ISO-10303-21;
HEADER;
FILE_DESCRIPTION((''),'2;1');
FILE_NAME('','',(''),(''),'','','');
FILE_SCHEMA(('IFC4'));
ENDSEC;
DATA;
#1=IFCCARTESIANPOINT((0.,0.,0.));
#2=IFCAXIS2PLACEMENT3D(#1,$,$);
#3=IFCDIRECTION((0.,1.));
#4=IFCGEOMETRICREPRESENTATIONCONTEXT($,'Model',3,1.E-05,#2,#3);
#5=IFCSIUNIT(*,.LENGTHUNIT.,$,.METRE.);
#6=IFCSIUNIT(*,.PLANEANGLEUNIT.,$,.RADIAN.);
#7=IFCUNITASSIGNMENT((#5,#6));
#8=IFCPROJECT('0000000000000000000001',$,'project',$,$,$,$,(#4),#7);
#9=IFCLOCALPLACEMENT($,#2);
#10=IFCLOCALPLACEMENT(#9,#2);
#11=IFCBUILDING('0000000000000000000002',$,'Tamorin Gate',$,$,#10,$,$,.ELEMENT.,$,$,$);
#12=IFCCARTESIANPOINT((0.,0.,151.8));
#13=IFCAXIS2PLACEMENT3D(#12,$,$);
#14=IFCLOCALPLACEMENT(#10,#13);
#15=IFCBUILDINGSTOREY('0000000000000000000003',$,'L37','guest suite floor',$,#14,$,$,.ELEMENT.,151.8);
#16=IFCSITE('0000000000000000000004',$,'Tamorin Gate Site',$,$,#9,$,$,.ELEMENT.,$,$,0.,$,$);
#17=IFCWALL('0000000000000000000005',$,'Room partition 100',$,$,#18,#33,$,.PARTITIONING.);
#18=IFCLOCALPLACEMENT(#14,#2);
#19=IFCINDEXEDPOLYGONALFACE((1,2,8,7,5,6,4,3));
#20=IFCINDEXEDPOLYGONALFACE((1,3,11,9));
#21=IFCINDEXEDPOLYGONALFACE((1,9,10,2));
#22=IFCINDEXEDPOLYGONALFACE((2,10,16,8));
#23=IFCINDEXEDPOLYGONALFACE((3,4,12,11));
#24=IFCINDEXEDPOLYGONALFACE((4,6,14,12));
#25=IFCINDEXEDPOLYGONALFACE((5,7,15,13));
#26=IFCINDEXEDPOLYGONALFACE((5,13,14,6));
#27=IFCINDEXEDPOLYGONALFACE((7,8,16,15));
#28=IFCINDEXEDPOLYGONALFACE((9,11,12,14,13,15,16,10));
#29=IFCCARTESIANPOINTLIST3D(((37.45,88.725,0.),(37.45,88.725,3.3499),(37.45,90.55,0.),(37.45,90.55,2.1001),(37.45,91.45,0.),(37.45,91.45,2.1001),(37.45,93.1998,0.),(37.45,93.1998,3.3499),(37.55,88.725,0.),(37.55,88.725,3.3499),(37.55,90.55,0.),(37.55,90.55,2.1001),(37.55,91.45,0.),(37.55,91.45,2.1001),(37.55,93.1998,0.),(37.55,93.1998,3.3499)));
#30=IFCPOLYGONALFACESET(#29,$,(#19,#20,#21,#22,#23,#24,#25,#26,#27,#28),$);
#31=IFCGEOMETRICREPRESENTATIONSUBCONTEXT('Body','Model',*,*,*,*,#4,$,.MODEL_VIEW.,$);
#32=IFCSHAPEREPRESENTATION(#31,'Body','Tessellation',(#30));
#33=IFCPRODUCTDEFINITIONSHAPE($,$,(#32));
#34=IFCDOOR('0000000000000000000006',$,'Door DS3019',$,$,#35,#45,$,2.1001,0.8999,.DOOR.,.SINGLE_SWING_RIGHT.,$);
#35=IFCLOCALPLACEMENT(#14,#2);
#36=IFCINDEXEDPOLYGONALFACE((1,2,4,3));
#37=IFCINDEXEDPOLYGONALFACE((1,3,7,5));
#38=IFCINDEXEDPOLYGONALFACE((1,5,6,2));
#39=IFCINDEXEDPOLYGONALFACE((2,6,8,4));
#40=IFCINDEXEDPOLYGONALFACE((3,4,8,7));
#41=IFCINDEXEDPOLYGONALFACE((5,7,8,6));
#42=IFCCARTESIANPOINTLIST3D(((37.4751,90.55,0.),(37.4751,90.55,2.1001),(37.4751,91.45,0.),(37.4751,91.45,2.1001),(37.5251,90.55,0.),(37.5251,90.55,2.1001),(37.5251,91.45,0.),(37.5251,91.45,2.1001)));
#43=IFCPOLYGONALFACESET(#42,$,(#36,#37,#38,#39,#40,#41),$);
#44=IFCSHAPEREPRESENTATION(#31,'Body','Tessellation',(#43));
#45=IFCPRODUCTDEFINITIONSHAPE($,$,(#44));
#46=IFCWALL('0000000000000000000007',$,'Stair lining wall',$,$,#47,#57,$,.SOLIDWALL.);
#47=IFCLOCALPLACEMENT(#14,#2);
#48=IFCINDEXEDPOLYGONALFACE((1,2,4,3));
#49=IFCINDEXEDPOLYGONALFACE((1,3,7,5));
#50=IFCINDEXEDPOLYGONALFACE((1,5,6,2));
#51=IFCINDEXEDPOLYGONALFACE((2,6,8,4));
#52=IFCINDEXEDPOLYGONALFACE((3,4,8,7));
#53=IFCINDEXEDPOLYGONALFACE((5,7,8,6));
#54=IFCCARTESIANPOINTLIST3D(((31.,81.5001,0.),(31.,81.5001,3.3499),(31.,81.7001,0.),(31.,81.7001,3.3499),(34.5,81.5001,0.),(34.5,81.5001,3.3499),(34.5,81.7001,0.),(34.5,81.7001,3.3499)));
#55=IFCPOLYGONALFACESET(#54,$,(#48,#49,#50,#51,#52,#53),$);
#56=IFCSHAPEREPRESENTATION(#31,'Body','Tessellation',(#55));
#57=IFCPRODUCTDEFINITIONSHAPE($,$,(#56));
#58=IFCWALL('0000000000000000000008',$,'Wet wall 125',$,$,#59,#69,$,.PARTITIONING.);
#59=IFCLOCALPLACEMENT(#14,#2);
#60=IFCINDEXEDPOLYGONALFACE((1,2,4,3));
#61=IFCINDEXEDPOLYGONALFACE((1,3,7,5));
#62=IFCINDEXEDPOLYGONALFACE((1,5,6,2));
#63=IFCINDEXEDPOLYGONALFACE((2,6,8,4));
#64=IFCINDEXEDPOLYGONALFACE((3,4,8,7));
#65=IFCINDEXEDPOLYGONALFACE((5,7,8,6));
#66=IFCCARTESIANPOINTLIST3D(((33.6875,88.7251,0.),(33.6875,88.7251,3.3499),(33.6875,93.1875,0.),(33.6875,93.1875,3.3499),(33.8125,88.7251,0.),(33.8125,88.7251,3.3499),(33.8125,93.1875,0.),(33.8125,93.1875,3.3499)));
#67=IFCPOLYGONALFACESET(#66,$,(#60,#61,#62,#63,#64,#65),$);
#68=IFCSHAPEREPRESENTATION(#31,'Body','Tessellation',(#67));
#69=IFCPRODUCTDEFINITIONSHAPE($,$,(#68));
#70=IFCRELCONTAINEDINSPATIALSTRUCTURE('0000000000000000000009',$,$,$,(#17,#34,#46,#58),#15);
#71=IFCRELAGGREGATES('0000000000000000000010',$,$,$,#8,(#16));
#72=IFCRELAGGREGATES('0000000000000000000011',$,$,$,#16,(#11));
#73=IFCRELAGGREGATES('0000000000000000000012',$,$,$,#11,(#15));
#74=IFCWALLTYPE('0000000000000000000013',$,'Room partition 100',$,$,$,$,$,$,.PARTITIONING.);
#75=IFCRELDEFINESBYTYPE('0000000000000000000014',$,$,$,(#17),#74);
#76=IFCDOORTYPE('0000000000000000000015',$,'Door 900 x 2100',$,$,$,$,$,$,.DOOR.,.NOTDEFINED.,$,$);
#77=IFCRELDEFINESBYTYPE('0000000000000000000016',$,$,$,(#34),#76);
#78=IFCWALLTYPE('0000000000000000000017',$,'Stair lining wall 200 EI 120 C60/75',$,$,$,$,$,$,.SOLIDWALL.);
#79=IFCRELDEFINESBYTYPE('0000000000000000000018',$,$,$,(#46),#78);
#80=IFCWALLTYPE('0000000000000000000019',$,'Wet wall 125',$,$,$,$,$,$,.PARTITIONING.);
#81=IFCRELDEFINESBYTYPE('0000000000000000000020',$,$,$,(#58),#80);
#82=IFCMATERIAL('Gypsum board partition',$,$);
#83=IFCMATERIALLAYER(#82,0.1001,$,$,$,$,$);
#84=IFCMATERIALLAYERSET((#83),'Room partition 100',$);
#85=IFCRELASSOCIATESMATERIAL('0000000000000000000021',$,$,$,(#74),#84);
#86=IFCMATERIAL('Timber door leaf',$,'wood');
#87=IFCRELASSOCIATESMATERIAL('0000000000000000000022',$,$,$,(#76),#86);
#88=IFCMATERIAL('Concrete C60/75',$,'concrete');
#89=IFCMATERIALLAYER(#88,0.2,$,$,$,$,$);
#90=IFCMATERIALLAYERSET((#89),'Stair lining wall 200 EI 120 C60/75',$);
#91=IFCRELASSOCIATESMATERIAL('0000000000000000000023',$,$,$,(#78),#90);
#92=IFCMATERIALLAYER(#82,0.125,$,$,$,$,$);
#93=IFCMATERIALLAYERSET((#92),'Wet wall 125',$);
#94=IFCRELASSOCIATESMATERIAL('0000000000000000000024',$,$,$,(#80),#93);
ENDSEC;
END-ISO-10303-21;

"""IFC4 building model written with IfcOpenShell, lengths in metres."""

from ifc_helpers import new_model, si_unit, direction, frame, frame_2d, origin, place, context, subcontext, project, spatial, rectangle, extrude, material, layer, layer_set, type_object, element, fill, save


model = new_model("IFC4")

# Units and contexts
model_context = context("Model", 3, precision=1e-05, world=origin(), true_north=direction((0.0, 1.0)))
body_context = subcontext(model_context, "Body", "Model", "MODEL_VIEW")
ifc_project = project(units=[si_unit("LENGTHUNIT", "METRE"), si_unit("PLANEANGLEUNIT", "RADIAN")], contexts=[model_context])

# Site, building, storey
site_placement = place(None, origin())
site = spatial("IfcSite", under=ifc_project, at=site_placement, Name="Tamorin Gate Site", CompositionType="ELEMENT", RefElevation=0.0)
building_placement = place(site_placement, origin())
building = spatial("IfcBuilding", under=site, at=building_placement, Name="Tamorin Gate", CompositionType="ELEMENT")
storey_placement = place(building_placement, frame((0.0, 0.0, 151.8)))
storey = spatial("IfcBuildingStorey", under=building, at=storey_placement, Name="L37", Description="guest suite floor", CompositionType="ELEMENT", Elevation=151.8)

# Shared definitions
ifc_material_1 = material(Name="Gypsum board partition")
ifc_material_2 = material(Name="Timber door leaf", Category="wood")

# Shared definitions
ifc_material_3 = material(Name="Concrete C60/75", Category="concrete")

# Wall, opening, door
ifc_layer_1 = layer(ifc_material_1, 0.1001)
ifc_layer_set_1 = layer_set([ifc_layer_1], Name="Room partition 100")
wall_type_1 = type_object("IfcWallType", Name="Room partition 100", PredefinedType="PARTITIONING", material=ifc_layer_set_1)
wall_1_placement = place(storey_placement, frame((37.5, 88.7251, 0.0), z_axis=(0.0, 0.0, 1.0), x_axis=(0.0, 1.0, 0.0)))
wall_1 = element("IfcWall", 1, at=wall_1_placement, inside=storey, type_object=wall_type_1, Name="Room partition 100", PredefinedType="PARTITIONING", context=body_context, shape_type="SweptSolid", body=[
    extrude(rectangle(XDim=4.4749, YDim=0.1001, at=frame_2d((2.2373, 0.0))), origin(), (0.0, 0.0, 1.0), 3.3499),
])
opening_1_placement = place(wall_1_placement, frame((1.825, 0.0, 0.0)))
opening_1 = element("IfcOpeningElement", 2, at=opening_1_placement, cuts=wall_1, PredefinedType="OPENING", context=body_context, shape_type="SweptSolid", body=[
    extrude(rectangle(XDim=0.8999, YDim=2.1001, at=frame_2d((0.45, 1.05))), frame((0.0, 0.0601, 0.0), z_axis=(0.0, -1.0, 0.0), x_axis=(1.0, 0.0, 0.0)), (0.0, 0.0, 1.0), 0.1201),
])
door_type_1 = type_object("IfcDoorType", Name="Door 900 x 2100", OperationType="NOTDEFINED", PredefinedType="DOOR", material=ifc_material_2)
door_1_placement = place(opening_1_placement, origin())
door_1 = element("IfcDoor", 3, at=door_1_placement, inside=storey, type_object=door_type_1, Name="Door DS3019", OperationType="SINGLE_SWING_RIGHT", OverallHeight=2.1001, OverallWidth=0.8999, PredefinedType="DOOR", context=body_context, shape_type="SweptSolid", body=[
    extrude(rectangle(XDim=0.8999, YDim=2.1001, at=frame_2d((0.45, 1.05))), frame((0.0, 0.0249, 0.0), z_axis=(0.0, -1.0, 0.0), x_axis=(1.0, 0.0, 0.0)), (0.0, 0.0, 1.0), 0.05),
])
fill(opening_1, door_1)

# Walls
ifc_layer_2 = layer(ifc_material_3, 0.2)
ifc_layer_set_2 = layer_set([ifc_layer_2], Name="Stair lining wall 200 EI 120 C60/75")
wall_type_2 = type_object("IfcWallType", Name="Stair lining wall 200 EI 120 C60/75", PredefinedType="SOLIDWALL", material=ifc_layer_set_2)
wall_2_placement = place(storey_placement, frame((31.0, 81.6001, 0.0), z_axis=(0.0, 0.0, 1.0), x_axis=(1.0, 0.0, 0.0)))
element("IfcWall", 4, at=wall_2_placement, inside=storey, type_object=wall_type_2, Name="Stair lining wall", PredefinedType="SOLIDWALL", context=body_context, shape_type="SweptSolid", body=[
    extrude(rectangle(XDim=3.5, YDim=0.2, at=frame_2d((1.75, 0.0))), origin(), (0.0, 0.0, 1.0), 3.3499),
])
ifc_layer_3 = layer(ifc_material_1, 0.125)
ifc_layer_set_3 = layer_set([ifc_layer_3], Name="Wet wall 125")
wall_type_3 = type_object("IfcWallType", Name="Wet wall 125", PredefinedType="PARTITIONING", material=ifc_layer_set_3)
wall_3_placement = place(storey_placement, frame((33.75, 88.7251, 0.0), z_axis=(0.0, 0.0, 1.0), x_axis=(0.0, 1.0, 0.0)))
element("IfcWall", 5, at=wall_3_placement, inside=storey, type_object=wall_type_3, Name="Wet wall 125", PredefinedType="PARTITIONING", context=body_context, shape_type="SweptSolid", body=[
    extrude(rectangle(XDim=4.4624, YDim=0.125, at=frame_2d((2.2312, 0.0))), origin(), (0.0, 0.0, 1.0), 3.3499),
])

save(model, "model.ifc")
